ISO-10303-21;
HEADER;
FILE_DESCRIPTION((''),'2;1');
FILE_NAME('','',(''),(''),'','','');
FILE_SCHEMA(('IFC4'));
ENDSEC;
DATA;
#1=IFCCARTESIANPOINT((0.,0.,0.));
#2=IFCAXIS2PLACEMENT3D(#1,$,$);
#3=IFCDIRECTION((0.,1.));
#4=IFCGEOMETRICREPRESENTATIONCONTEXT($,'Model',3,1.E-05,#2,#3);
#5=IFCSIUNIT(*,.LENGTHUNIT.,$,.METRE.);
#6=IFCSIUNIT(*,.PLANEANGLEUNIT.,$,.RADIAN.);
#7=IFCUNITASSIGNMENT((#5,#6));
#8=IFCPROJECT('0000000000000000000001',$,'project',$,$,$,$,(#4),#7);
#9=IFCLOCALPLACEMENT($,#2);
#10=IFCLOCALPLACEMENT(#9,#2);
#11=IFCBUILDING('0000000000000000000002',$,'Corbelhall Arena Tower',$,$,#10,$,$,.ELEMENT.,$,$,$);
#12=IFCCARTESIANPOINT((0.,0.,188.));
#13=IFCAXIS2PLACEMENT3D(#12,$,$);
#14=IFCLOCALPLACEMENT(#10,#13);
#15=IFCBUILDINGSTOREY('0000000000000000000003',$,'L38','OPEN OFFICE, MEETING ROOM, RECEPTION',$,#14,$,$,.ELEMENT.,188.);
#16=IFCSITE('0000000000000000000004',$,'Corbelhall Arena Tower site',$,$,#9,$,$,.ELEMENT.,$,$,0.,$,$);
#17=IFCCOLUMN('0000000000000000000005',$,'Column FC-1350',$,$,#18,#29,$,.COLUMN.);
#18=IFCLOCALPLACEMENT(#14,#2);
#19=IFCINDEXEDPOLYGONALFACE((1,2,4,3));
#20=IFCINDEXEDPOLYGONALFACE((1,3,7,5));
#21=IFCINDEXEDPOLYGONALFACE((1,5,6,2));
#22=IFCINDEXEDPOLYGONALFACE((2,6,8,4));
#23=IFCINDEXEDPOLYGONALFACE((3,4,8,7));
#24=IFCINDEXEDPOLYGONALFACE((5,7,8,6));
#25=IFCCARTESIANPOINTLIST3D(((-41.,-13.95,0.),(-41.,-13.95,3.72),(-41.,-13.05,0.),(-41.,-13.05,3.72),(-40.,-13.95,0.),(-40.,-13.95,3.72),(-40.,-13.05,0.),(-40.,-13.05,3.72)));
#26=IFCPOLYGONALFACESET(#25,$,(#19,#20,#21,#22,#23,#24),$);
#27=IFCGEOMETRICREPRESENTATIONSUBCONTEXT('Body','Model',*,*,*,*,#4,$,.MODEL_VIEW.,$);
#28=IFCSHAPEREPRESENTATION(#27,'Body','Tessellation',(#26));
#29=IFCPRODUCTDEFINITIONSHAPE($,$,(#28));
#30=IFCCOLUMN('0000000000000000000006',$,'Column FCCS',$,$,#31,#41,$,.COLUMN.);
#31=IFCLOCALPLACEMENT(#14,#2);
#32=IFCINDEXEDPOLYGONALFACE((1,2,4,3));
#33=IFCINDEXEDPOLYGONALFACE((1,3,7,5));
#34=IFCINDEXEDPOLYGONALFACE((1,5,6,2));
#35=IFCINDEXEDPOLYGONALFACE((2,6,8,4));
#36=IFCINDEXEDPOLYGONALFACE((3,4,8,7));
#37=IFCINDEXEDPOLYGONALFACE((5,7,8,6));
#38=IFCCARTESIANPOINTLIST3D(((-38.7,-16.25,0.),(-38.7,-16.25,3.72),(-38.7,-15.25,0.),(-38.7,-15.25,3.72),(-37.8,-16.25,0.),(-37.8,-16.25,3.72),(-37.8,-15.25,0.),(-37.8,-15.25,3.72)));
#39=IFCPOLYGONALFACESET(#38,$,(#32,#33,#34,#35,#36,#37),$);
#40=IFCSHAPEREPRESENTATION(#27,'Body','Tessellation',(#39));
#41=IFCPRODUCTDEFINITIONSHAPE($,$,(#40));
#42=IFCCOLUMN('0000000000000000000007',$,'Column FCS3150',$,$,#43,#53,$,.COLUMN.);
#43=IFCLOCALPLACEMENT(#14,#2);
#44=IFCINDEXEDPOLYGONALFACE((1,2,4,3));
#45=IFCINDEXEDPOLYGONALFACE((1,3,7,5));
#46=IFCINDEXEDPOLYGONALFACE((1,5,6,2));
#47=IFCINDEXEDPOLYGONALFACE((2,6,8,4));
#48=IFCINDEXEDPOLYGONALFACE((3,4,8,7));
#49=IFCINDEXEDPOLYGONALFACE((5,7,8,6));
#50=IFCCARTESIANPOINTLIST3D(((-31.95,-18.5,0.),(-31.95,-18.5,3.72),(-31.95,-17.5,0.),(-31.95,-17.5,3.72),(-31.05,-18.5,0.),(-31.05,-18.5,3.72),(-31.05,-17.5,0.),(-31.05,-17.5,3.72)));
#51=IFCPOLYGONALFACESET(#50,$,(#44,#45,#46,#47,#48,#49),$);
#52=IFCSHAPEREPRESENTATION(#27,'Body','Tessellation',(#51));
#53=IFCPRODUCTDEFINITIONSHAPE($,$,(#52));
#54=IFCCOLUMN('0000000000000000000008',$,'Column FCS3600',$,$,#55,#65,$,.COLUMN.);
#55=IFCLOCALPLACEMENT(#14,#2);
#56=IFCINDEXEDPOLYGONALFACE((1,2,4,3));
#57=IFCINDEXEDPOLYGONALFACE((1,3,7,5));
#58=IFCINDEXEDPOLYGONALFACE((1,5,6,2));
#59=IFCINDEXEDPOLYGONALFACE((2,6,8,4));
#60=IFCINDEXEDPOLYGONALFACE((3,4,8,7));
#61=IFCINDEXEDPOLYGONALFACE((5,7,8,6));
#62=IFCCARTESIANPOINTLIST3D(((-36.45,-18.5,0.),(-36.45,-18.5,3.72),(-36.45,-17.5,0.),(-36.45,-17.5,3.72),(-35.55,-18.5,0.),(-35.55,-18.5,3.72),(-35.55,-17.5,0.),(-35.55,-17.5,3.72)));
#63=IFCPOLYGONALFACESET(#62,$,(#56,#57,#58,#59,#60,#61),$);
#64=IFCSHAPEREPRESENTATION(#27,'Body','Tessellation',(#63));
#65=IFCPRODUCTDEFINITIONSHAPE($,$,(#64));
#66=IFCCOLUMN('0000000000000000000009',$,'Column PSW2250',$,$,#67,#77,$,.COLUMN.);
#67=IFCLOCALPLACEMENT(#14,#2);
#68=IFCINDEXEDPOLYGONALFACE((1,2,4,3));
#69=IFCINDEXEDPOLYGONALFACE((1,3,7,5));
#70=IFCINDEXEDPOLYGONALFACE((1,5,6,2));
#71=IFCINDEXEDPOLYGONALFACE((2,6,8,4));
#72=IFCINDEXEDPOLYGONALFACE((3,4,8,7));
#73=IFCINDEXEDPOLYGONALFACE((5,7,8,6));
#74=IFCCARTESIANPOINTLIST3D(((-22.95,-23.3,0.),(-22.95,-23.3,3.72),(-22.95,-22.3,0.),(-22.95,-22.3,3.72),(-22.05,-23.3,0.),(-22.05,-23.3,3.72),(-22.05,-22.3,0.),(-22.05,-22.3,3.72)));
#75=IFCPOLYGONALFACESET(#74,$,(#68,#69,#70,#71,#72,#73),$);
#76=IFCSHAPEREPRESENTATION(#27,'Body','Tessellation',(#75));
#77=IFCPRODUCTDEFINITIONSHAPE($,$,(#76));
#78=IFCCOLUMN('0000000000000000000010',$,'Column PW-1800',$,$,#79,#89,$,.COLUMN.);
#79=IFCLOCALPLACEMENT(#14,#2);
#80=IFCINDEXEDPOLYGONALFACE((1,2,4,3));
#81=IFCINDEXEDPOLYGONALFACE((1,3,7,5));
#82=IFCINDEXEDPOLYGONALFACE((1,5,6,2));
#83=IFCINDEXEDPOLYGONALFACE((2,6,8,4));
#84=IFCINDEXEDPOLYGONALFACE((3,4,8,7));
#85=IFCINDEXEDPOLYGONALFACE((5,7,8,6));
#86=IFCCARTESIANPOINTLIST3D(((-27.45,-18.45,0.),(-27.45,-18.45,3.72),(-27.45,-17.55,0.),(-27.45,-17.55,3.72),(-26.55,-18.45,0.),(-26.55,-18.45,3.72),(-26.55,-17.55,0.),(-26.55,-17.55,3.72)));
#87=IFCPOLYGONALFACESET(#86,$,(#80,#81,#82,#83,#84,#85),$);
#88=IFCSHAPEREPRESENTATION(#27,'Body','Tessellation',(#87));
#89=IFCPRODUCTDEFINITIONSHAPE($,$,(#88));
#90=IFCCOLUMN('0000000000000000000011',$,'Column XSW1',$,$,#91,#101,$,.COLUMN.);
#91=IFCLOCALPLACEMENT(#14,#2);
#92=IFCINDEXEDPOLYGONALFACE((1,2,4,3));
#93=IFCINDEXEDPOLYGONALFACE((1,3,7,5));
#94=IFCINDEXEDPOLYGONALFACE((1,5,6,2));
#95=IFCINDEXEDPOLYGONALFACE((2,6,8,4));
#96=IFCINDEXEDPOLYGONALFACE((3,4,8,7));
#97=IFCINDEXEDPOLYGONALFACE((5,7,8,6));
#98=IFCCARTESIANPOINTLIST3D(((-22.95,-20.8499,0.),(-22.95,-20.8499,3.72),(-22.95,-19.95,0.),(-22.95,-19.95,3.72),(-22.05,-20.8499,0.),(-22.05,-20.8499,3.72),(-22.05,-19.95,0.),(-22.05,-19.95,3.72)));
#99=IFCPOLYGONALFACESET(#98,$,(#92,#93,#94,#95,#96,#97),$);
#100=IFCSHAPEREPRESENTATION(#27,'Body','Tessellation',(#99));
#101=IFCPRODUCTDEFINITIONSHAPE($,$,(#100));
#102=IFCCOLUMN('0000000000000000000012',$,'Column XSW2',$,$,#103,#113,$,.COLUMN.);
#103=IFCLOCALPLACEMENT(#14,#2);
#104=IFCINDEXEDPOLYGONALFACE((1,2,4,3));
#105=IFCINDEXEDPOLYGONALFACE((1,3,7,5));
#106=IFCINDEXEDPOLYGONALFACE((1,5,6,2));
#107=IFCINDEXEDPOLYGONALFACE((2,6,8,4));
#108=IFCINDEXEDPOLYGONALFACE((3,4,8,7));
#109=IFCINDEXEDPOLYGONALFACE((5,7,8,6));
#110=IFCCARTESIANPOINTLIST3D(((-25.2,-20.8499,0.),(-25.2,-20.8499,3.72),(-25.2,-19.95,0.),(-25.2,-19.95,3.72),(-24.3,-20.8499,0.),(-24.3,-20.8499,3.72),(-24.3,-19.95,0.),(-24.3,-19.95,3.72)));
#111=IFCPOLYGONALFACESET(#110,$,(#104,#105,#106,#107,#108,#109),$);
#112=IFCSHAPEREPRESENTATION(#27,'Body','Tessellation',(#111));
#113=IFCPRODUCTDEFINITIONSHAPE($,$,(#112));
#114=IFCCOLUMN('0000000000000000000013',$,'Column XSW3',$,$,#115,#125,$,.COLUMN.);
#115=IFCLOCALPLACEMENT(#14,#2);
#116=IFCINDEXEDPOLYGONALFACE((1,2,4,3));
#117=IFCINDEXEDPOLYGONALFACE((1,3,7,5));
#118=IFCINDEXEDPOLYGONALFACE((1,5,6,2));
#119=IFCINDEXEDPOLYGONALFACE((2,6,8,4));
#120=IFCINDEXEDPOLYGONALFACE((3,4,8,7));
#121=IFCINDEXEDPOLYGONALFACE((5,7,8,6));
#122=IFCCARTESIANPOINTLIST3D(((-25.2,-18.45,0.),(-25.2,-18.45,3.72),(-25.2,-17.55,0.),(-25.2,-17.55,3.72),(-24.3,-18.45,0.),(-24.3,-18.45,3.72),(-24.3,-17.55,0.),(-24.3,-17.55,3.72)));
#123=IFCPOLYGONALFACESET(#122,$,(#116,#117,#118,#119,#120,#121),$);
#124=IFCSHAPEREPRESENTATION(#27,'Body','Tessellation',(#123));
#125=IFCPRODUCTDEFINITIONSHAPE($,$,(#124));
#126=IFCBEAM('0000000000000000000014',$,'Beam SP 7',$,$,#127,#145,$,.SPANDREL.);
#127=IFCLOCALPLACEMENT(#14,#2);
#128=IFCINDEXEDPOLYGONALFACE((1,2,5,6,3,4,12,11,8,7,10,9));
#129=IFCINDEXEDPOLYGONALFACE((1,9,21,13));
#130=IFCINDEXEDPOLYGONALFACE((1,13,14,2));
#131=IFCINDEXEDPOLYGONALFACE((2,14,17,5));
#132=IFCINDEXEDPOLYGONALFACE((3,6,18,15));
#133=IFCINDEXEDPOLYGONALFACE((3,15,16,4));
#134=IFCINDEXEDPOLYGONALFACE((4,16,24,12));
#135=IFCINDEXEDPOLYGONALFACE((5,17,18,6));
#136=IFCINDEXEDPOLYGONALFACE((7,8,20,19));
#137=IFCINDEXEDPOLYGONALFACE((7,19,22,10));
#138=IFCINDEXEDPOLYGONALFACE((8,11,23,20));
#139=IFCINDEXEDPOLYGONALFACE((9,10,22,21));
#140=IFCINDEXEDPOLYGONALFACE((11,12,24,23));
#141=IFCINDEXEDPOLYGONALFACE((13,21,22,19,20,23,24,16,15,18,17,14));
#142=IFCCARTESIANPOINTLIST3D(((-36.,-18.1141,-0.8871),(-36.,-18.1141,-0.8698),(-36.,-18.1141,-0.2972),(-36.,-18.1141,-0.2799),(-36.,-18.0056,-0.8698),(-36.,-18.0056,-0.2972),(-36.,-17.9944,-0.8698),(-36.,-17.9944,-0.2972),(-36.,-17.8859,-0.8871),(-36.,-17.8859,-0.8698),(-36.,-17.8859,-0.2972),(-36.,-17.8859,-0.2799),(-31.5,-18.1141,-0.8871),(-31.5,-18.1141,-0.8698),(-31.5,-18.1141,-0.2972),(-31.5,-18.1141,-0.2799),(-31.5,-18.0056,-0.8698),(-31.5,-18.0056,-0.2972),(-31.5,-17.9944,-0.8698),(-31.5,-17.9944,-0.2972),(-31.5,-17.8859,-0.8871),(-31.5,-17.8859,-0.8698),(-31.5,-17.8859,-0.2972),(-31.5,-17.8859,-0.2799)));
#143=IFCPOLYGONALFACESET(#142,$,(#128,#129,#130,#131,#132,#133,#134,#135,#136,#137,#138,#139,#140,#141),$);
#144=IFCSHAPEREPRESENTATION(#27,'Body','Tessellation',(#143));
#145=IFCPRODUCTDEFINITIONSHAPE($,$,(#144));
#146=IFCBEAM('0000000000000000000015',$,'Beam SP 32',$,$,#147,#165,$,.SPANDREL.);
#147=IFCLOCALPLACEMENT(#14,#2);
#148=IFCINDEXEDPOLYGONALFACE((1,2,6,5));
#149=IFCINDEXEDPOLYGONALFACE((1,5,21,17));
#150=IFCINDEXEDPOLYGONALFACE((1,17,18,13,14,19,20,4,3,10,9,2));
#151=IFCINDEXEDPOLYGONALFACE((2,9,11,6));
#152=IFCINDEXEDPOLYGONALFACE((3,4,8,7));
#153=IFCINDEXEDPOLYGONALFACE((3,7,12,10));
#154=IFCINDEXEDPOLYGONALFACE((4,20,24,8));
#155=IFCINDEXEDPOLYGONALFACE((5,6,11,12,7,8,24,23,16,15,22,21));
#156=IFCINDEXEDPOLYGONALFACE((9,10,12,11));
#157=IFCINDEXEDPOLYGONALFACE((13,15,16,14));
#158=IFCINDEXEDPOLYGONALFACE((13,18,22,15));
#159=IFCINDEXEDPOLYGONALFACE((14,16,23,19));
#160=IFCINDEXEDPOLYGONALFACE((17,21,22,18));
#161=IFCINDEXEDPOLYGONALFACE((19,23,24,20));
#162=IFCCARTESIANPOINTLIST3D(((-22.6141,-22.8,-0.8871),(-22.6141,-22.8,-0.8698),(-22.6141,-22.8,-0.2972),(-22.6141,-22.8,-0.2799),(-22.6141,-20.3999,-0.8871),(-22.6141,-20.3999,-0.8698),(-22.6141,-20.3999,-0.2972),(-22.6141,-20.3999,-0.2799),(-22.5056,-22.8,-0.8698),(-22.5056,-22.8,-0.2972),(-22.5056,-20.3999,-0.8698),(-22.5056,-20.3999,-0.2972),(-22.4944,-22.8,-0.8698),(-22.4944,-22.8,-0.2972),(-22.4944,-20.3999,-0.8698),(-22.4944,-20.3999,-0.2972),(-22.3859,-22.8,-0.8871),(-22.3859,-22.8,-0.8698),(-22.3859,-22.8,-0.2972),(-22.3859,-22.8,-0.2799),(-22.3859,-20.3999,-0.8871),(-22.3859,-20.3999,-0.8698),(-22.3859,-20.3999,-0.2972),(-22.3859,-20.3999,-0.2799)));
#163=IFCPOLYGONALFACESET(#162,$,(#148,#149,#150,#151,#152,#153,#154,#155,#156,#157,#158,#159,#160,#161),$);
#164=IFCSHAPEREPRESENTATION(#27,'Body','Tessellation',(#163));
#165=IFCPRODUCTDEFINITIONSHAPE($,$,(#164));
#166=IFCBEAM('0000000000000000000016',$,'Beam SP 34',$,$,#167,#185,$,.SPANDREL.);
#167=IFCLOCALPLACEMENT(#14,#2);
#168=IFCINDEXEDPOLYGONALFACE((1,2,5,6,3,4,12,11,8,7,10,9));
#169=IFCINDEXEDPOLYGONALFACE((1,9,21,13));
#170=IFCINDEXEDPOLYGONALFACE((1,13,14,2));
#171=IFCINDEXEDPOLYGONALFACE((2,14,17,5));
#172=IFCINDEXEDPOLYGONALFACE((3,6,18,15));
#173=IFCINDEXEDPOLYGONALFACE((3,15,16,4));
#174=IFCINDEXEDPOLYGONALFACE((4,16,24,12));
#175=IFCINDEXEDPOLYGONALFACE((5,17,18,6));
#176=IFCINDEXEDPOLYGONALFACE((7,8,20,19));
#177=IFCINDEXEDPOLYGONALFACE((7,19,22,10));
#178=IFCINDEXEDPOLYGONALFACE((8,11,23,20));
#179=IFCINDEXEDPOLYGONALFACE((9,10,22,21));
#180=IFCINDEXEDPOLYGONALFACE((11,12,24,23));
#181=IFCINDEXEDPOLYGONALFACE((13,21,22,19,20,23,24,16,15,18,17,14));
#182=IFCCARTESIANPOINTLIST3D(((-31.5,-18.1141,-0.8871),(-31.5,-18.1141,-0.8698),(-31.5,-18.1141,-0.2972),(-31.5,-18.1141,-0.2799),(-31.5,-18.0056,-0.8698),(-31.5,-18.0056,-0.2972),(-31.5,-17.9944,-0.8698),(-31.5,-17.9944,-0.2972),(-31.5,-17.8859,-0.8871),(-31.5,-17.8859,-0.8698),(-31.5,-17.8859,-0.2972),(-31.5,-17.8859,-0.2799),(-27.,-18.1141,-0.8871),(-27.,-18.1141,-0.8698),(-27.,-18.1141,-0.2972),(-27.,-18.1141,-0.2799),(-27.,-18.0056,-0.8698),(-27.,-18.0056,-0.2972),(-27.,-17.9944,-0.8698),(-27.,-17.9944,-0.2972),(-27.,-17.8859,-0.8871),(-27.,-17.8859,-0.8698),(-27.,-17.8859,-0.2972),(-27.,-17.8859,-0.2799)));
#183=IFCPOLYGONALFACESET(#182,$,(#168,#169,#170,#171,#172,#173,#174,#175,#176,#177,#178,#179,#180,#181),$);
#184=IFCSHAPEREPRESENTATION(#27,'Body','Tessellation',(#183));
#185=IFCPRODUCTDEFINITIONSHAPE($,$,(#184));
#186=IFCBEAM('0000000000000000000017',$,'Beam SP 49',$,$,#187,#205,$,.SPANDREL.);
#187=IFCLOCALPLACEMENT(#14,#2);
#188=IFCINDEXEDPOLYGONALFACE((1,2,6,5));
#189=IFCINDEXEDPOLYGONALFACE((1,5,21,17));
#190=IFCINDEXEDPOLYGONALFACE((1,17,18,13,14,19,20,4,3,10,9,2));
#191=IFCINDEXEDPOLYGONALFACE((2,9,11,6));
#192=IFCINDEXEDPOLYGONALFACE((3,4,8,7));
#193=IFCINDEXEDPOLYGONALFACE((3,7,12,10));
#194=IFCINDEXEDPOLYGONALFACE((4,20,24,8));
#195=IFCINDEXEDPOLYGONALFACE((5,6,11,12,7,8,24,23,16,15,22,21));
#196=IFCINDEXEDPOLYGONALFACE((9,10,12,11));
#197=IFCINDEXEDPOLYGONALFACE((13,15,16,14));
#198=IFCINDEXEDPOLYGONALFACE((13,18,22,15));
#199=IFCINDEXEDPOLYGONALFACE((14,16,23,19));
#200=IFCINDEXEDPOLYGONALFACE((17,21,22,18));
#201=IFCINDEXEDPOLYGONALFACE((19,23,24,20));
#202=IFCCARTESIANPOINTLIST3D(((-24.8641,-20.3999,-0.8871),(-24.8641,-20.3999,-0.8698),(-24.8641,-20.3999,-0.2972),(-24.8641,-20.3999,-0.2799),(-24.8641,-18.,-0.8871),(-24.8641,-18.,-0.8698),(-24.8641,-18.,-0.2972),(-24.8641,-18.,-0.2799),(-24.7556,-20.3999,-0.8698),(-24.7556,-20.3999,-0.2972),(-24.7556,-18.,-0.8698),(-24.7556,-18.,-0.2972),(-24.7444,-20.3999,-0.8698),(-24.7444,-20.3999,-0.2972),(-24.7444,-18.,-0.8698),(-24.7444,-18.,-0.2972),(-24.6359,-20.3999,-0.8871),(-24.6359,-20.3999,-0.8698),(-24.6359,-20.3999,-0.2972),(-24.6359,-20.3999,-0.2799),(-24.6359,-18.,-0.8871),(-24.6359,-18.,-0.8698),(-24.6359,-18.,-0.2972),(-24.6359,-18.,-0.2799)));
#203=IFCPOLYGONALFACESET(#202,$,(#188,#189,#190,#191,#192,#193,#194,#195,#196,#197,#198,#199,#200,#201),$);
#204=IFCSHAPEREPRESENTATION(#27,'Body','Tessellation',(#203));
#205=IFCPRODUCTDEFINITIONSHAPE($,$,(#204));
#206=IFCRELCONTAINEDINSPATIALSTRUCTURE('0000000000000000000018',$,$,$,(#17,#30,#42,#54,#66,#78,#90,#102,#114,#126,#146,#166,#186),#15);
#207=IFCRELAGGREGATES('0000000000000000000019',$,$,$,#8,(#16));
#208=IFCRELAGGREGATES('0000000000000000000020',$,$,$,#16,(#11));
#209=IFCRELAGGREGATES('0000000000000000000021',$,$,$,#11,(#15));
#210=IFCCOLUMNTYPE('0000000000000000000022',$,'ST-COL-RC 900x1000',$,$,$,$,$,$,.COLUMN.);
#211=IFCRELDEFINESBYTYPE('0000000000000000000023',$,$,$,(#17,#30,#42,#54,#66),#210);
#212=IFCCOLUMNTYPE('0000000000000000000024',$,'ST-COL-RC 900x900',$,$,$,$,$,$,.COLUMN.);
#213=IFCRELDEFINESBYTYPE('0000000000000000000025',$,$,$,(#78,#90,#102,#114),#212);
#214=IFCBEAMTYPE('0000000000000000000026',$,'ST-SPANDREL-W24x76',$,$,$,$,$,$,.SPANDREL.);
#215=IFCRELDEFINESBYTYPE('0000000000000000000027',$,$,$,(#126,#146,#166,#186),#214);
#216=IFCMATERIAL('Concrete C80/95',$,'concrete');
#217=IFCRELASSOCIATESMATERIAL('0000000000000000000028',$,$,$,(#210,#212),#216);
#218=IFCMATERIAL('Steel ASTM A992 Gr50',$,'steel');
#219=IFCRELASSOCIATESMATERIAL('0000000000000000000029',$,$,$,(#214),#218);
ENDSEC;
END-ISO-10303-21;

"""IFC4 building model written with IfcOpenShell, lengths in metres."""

from ifc_helpers import new_model, si_unit, direction, frame, origin, origin_2d, place, context, subcontext, project, spatial, rectangle, i_section, extrude, material, material_profile, profile_set, type_object, element, save


model = new_model("IFC4")

# Units and contexts
model_context = context("Model", 3, precision=1e-05, world=origin(), true_north=direction((0.0, 1.0)))
body_context = subcontext(model_context, "Body", "Model", "MODEL_VIEW")
ifc_project = project(units=[si_unit("LENGTHUNIT", "METRE"), si_unit("PLANEANGLEUNIT", "RADIAN")], contexts=[model_context])

# Site, building, storey
site_placement = place(None, origin())
site = spatial("IfcSite", under=ifc_project, at=site_placement, Name="Corbelhall Arena Tower site", CompositionType="ELEMENT", RefElevation=0.0)
building_placement = place(site_placement, origin())
building = spatial("IfcBuilding", under=site, at=building_placement, Name="Corbelhall Arena Tower", CompositionType="ELEMENT")
storey_placement = place(building_placement, frame((0.0, 0.0, 188.0)))
storey = spatial("IfcBuildingStorey", under=building, at=storey_placement, Name="L38", Description="OPEN OFFICE, MEETING ROOM, RECEPTION", CompositionType="ELEMENT", Elevation=188.0)

# Columns
ifc_material_1 = material(Name="Concrete C80/95", Category="concrete")
ifc_material_profile_1 = material_profile(ifc_material_1, rectangle(XDim=0.8999, YDim=1.0, at=origin_2d()))
ifc_profile_set_1 = profile_set([ifc_material_profile_1], Name="Concrete C80/95")
column_type_1 = type_object("IfcColumnType", Name="ST-COL-RC 900x1000", PredefinedType="COLUMN", material=ifc_profile_set_1)
for number, where, z_axis, x_axis, name in (
    (1, (-40.5, -13.5, 0.0), (0.0, 0.0, 1.0), (0.0, 1.0, 0.0), "Column FC-1350"),
    (2, (-38.25, -15.75, 0.0), (0.0, 0.0, 1.0), (1.0, 0.0, 0.0), "Column FCCS"),
    (3, (-31.5, -18.0, 0.0), (0.0, 0.0, 1.0), (1.0, 0.0, 0.0), "Column FCS3150"),
    (4, (-36.0, -18.0, 0.0), (0.0, 0.0, 1.0), (1.0, 0.0, 0.0), "Column FCS3600"),
    (5, (-22.5, -22.8, 0.0), (0.0, 0.0, 1.0), (1.0, 0.0, 0.0), "Column PSW2250"),
):
    element("IfcColumn", number, at=place(storey_placement, frame(where, z_axis=z_axis, x_axis=x_axis)), inside=storey, type_object=column_type_1, Name=name, PredefinedType="COLUMN", context=body_context, shape_type="SweptSolid", body=[
        extrude(rectangle(XDim=0.8999, YDim=1.0, at=origin_2d()), origin(), (0.0, 0.0, 1.0), 3.72),
    ])
ifc_material_profile_2 = material_profile(ifc_material_1, rectangle(XDim=0.8999, YDim=0.8999, at=origin_2d()))
ifc_profile_set_2 = profile_set([ifc_material_profile_2], Name="Concrete C80/95")
column_type_2 = type_object("IfcColumnType", Name="ST-COL-RC 900x900", PredefinedType="COLUMN", material=ifc_profile_set_2)
for number, where, z_axis, x_axis, name in (
    (6, (-27.0, -18.0, 0.0), (0.0, 0.0, 1.0), (1.0, 0.0, 0.0), "Column PW-1800"),
    (7, (-22.5, -20.3999, 0.0), (0.0, 0.0, 1.0), (1.0, 0.0, 0.0), "Column XSW1"),
    (8, (-24.75, -20.3999, 0.0), (0.0, 0.0, 1.0), (1.0, 0.0, 0.0), "Column XSW2"),
    (9, (-24.75, -18.0, 0.0), (0.0, 0.0, 1.0), (1.0, 0.0, 0.0), "Column XSW3"),
):
    element("IfcColumn", number, at=place(storey_placement, frame(where, z_axis=z_axis, x_axis=x_axis)), inside=storey, type_object=column_type_2, Name=name, PredefinedType="COLUMN", context=body_context, shape_type="SweptSolid", body=[
        extrude(rectangle(XDim=0.8999, YDim=0.8999, at=origin_2d()), origin(), (0.0, 0.0, 1.0), 3.72),
    ])

# Beams
ifc_material_2 = material(Name="Steel ASTM A992 Gr50", Category="steel")
ifc_material_profile_3 = material_profile(ifc_material_2, i_section(OverallWidth=0.2283, OverallDepth=0.6072, WebThickness=0.0112, FlangeThickness=0.0173, at=origin_2d()))
ifc_profile_set_3 = profile_set([ifc_material_profile_3], Name="Steel ASTM A992 Gr50")
beam_type = type_object("IfcBeamType", Name="ST-SPANDREL-W24x76", PredefinedType="SPANDREL", material=ifc_profile_set_3)
beam_1_placement = place(storey_placement, frame((-31.5, -18.0, -0.5835), z_axis=(-1.0, 0.0, 0.0), x_axis=(0.0, -1.0, 0.0)))
element("IfcBeam", 10, at=beam_1_placement, inside=storey, type_object=beam_type, Name="Beam SP 7", PredefinedType="SPANDREL", context=body_context, shape_type="SweptSolid", body=[
    extrude(i_section(OverallWidth=0.2283, OverallDepth=0.6072, WebThickness=0.0112, FlangeThickness=0.0173, at=origin_2d()), origin(), (0.0, 0.0, 1.0), 4.5),
])
beam_2_placement = place(storey_placement, frame((-22.5, -22.8, -0.5835), z_axis=(0.0, 1.0, 0.0), x_axis=(-1.0, 0.0, 0.0)))
element("IfcBeam", 11, at=beam_2_placement, inside=storey, type_object=beam_type, Name="Beam SP 32", PredefinedType="SPANDREL", context=body_context, shape_type="SweptSolid", body=[
    extrude(i_section(OverallWidth=0.2283, OverallDepth=0.6072, WebThickness=0.0112, FlangeThickness=0.0173, at=origin_2d()), origin(), (0.0, 0.0, 1.0), 2.4001),
])
beam_3_placement = place(storey_placement, frame((-27.0, -18.0, -0.5835), z_axis=(-1.0, 0.0, 0.0), x_axis=(0.0, -1.0, 0.0)))
element("IfcBeam", 12, at=beam_3_placement, inside=storey, type_object=beam_type, Name="Beam SP 34", PredefinedType="SPANDREL", context=body_context, shape_type="SweptSolid", body=[
    extrude(i_section(OverallWidth=0.2283, OverallDepth=0.6072, WebThickness=0.0112, FlangeThickness=0.0173, at=origin_2d()), origin(), (0.0, 0.0, 1.0), 4.5),
])
beam_4_placement = place(storey_placement, frame((-24.75, -20.3999, -0.5835), z_axis=(0.0, 1.0, 0.0), x_axis=(-1.0, 0.0, 0.0)))
element("IfcBeam", 13, at=beam_4_placement, inside=storey, type_object=beam_type, Name="Beam SP 49", PredefinedType="SPANDREL", context=body_context, shape_type="SweptSolid", body=[
    extrude(i_section(OverallWidth=0.2283, OverallDepth=0.6072, WebThickness=0.0112, FlangeThickness=0.0173, at=origin_2d()), origin(), (0.0, 0.0, 1.0), 2.3999),
])

save(model, "model.ifc")
